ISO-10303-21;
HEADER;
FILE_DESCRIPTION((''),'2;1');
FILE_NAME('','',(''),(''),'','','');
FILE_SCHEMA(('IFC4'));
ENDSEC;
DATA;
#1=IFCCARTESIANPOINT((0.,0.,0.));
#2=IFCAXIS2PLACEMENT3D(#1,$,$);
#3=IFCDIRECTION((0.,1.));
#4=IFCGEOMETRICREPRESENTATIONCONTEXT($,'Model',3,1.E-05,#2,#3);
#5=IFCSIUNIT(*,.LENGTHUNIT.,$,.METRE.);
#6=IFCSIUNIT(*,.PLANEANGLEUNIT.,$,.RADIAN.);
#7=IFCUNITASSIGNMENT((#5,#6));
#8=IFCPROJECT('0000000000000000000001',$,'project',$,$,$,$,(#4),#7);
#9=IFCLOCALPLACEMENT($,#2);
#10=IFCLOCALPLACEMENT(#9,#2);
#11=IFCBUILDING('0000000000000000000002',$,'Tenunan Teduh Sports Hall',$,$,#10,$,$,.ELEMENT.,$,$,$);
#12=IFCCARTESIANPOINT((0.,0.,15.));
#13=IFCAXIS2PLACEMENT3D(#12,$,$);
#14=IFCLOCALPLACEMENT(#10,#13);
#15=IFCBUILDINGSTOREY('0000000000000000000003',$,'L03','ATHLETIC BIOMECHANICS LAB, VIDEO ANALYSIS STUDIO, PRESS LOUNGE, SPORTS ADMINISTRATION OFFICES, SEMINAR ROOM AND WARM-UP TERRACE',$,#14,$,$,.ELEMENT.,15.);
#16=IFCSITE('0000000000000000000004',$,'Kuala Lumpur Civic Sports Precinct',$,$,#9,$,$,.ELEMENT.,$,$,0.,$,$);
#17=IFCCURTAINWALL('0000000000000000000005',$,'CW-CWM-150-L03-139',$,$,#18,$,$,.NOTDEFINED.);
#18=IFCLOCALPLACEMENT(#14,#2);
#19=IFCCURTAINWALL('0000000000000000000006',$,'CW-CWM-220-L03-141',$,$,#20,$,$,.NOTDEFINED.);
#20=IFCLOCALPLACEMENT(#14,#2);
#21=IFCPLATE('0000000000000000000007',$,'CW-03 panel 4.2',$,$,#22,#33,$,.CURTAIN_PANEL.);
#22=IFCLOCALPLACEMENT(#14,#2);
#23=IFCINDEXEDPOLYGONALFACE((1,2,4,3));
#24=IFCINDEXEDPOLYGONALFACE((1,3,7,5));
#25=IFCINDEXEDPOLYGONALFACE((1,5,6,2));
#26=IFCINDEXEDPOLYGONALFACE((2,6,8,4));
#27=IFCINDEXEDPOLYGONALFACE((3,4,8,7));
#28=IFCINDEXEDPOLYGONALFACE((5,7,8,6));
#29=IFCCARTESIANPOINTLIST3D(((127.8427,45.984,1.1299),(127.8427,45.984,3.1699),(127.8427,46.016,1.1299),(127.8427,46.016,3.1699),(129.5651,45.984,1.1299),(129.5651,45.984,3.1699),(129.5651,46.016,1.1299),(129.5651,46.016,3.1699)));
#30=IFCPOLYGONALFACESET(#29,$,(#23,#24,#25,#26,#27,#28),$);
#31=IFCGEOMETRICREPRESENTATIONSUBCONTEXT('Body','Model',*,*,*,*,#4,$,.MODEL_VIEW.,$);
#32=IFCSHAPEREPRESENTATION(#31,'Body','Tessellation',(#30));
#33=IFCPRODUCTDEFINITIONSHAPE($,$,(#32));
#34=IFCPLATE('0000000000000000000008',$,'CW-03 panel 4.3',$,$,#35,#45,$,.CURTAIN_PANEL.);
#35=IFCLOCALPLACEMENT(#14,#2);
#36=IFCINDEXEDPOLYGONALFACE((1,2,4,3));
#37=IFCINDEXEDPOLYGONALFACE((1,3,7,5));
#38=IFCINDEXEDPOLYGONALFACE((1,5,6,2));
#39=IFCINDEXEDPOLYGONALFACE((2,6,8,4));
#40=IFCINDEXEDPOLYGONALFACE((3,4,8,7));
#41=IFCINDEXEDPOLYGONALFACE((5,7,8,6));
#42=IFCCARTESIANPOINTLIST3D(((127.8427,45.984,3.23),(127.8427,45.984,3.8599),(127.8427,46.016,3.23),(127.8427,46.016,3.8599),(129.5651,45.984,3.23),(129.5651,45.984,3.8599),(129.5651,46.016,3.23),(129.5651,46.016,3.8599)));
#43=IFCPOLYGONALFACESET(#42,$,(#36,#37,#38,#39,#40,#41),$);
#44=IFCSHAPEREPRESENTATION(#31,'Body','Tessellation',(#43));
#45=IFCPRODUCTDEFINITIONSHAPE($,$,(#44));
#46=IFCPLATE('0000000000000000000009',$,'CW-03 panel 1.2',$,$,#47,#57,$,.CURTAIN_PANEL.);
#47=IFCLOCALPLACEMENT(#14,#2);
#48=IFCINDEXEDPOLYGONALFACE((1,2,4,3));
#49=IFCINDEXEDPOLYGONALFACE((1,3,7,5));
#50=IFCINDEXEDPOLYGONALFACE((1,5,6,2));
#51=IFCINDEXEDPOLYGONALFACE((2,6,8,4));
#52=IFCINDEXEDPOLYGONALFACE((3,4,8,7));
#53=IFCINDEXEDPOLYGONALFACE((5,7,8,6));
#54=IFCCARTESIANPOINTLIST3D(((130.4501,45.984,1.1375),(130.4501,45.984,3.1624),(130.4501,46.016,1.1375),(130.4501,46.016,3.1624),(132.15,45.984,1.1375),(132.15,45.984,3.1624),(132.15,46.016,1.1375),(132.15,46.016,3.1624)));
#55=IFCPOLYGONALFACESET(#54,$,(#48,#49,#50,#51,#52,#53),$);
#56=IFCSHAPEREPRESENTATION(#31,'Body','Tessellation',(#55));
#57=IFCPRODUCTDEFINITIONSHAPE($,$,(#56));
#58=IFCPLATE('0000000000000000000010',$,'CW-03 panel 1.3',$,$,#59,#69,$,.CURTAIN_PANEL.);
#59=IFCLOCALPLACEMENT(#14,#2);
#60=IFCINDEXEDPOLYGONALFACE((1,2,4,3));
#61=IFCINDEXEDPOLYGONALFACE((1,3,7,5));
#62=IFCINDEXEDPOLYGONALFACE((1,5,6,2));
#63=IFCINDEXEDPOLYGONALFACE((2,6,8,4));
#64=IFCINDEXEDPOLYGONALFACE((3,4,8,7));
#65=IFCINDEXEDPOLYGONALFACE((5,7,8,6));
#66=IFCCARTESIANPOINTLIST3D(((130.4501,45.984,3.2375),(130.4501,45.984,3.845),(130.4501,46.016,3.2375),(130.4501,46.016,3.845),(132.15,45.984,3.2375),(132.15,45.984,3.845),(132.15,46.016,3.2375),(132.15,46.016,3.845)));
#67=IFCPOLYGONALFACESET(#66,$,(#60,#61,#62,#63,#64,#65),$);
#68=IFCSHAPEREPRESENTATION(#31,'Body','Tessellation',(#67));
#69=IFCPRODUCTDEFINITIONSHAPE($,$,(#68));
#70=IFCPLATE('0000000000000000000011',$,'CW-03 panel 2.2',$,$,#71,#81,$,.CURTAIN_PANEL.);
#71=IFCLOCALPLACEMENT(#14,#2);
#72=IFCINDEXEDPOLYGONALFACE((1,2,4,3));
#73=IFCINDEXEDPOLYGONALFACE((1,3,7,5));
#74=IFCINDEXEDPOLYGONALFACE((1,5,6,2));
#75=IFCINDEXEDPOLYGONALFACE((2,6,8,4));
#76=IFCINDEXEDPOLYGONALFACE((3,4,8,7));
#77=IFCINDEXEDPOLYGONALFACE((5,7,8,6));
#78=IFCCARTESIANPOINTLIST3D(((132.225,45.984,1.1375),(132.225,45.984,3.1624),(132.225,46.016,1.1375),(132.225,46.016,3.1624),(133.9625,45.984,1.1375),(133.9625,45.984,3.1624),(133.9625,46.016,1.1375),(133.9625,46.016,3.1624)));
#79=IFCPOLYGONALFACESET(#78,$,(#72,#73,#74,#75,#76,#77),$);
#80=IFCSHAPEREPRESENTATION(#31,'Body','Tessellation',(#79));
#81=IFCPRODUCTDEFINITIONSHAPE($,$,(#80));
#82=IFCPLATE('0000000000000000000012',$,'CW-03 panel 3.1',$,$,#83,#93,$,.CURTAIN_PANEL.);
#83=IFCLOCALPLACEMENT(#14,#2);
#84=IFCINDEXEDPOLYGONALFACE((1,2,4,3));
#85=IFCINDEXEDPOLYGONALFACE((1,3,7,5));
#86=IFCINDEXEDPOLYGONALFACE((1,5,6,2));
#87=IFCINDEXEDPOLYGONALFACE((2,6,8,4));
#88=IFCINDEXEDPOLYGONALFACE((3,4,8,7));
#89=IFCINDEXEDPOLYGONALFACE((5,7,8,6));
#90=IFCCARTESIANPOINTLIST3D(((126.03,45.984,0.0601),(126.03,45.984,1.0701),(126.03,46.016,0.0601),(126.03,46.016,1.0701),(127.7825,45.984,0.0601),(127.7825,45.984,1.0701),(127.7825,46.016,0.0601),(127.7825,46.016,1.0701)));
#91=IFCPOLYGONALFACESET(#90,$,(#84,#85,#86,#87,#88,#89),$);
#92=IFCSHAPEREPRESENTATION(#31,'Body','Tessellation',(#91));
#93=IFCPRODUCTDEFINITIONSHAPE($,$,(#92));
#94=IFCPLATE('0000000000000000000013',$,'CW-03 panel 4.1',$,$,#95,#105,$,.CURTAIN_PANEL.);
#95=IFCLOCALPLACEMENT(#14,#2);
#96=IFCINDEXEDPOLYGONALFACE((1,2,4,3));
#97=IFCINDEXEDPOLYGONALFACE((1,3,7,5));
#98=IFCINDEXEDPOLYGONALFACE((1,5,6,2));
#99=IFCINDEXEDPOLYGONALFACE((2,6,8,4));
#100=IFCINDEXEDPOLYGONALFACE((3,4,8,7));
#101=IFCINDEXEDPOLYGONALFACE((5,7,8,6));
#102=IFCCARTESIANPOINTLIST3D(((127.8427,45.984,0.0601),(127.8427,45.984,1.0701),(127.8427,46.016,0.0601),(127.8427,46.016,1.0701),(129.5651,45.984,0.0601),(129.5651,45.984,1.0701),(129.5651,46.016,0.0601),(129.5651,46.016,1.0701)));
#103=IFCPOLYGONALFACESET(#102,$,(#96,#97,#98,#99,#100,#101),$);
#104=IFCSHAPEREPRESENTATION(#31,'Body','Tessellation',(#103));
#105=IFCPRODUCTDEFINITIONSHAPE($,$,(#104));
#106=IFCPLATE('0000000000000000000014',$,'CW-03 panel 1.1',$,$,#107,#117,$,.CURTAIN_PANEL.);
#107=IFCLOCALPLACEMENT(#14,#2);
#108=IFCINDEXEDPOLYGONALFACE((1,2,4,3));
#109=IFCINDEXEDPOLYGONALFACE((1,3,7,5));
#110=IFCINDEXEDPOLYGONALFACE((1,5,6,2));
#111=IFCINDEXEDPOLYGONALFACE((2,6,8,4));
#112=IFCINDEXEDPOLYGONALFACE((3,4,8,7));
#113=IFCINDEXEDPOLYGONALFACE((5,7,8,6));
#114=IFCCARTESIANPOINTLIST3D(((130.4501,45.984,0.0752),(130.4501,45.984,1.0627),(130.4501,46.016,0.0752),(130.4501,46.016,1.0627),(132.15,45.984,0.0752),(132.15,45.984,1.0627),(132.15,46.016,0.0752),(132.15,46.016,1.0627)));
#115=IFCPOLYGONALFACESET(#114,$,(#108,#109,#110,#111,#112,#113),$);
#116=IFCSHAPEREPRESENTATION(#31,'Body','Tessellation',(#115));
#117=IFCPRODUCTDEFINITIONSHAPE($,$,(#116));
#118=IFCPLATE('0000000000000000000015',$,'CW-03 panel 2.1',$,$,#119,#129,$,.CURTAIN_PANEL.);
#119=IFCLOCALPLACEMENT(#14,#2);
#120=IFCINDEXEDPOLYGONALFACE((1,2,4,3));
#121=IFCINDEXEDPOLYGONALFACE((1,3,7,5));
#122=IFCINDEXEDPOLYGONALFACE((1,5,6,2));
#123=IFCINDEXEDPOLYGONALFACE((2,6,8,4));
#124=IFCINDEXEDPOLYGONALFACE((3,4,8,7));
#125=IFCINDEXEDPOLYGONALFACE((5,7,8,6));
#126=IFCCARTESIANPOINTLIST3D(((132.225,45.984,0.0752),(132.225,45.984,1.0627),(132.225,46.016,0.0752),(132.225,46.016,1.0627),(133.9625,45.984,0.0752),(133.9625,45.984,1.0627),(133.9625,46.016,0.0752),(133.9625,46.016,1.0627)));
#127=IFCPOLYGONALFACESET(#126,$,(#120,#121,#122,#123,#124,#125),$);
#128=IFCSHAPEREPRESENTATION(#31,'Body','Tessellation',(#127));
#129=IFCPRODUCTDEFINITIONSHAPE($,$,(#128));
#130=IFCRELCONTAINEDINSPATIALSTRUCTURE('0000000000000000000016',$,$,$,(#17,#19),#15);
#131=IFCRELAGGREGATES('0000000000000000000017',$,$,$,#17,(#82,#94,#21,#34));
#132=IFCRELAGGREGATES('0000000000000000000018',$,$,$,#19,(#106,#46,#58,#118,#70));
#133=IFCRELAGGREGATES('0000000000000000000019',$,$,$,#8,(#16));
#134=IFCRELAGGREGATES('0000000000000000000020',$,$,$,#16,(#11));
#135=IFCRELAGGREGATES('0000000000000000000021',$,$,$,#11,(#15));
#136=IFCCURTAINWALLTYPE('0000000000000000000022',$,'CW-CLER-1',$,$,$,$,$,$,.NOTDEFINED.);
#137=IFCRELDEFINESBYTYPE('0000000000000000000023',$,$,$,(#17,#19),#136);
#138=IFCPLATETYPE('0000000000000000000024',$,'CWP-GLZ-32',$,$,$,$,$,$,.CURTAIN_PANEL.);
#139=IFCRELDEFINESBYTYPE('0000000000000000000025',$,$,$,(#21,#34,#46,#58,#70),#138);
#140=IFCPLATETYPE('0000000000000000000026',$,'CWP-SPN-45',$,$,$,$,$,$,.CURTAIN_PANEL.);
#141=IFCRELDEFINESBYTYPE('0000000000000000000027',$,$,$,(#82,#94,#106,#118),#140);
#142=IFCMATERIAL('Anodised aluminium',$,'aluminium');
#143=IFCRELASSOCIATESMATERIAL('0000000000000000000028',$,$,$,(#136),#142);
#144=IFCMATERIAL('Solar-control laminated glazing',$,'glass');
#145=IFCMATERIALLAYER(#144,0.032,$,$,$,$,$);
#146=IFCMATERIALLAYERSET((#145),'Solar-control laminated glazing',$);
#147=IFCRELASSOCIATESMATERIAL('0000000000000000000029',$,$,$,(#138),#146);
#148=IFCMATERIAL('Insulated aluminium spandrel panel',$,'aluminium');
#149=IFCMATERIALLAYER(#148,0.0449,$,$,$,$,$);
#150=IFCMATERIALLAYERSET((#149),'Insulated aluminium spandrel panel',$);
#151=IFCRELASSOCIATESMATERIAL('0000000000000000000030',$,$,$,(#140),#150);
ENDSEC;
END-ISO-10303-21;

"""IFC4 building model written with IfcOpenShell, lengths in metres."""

from ifc_helpers import new_model, si_unit, direction, frame, origin, origin_2d, place, context, subcontext, project, spatial, rectangle, extrude, material, layer, layer_set, type_object, element, aggregate, save


model = new_model("IFC4")

# Units and contexts
model_context = context("Model", 3, precision=1e-05, world=origin(), true_north=direction((0.0, 1.0)))
body_context = subcontext(model_context, "Body", "Model", "MODEL_VIEW")
ifc_project = project(units=[si_unit("LENGTHUNIT", "METRE"), si_unit("PLANEANGLEUNIT", "RADIAN")], contexts=[model_context])

# Site, building, storey
site_placement = place(None, origin())
site = spatial("IfcSite", under=ifc_project, at=site_placement, Name="Kuala Lumpur Civic Sports Precinct", CompositionType="ELEMENT", RefElevation=0.0)
building_placement = place(site_placement, origin())
building = spatial("IfcBuilding", under=site, at=building_placement, Name="Tenunan Teduh Sports Hall", CompositionType="ELEMENT")
storey_placement = place(building_placement, frame((0.0, 0.0, 15.0)))
storey = spatial("IfcBuildingStorey", under=building, at=storey_placement, Name="L03", Description="ATHLETIC BIOMECHANICS LAB, VIDEO ANALYSIS STUDIO, PRESS LOUNGE, SPORTS ADMINISTRATION OFFICES, SEMINAR ROOM AND WARM-UP TERRACE", CompositionType="ELEMENT", Elevation=15.0)

# Curtain walls
ifc_material_1 = material(Name="Anodised aluminium", Category="aluminium")
curtain_wall_type = type_object("IfcCurtainWallType", Name="CW-CLER-1", PredefinedType="NOTDEFINED", material=ifc_material_1)
curtain_wall_1_placement = place(storey_placement, origin())
curtain_wall_1 = element("IfcCurtainWall", 1, at=curtain_wall_1_placement, inside=storey, type_object=curtain_wall_type, Name="CW-CWM-150-L03-139", PredefinedType="NOTDEFINED")
curtain_wall_2_placement = place(storey_placement, origin())
curtain_wall_2 = element("IfcCurtainWall", 2, at=curtain_wall_2_placement, inside=storey, type_object=curtain_wall_type, Name="CW-CWM-220-L03-141", PredefinedType="NOTDEFINED")

# Plates
ifc_material_2 = material(Name="Solar-control laminated glazing", Category="glass")
ifc_layer_1 = layer(ifc_material_2, 0.032)
ifc_layer_set_1 = layer_set([ifc_layer_1], Name="Solar-control laminated glazing")
plate_type_1 = type_object("IfcPlateType", Name="CWP-GLZ-32", PredefinedType="CURTAIN_PANEL", material=ifc_layer_set_1)
plate_1_placement = place(storey_placement, frame((128.7039, 46.0, 1.1299), z_axis=(0.0, 0.0, 1.0), x_axis=(1.0, 0.0, 0.0)))
plate_1 = element("IfcPlate", 3, at=plate_1_placement, type_object=plate_type_1, Name="CW-03 panel 4.2", PredefinedType="CURTAIN_PANEL", context=body_context, shape_type="SweptSolid", body=[
    extrude(rectangle(XDim=1.7224, YDim=0.032, at=origin_2d()), origin(), (0.0, 0.0, 1.0), 2.04),
])
plate_2_placement = place(storey_placement, frame((128.7039, 46.0, 3.23), z_axis=(0.0, 0.0, 1.0), x_axis=(1.0, 0.0, 0.0)))
plate_2 = element("IfcPlate", 4, at=plate_2_placement, type_object=plate_type_1, Name="CW-03 panel 4.3", PredefinedType="CURTAIN_PANEL", context=body_context, shape_type="SweptSolid", body=[
    extrude(rectangle(XDim=1.7224, YDim=0.032, at=origin_2d()), origin(), (0.0, 0.0, 1.0), 0.6299),
])
plate_3_placement = place(storey_placement, frame((131.3, 46.0, 1.1375), z_axis=(0.0, 0.0, 1.0), x_axis=(1.0, 0.0, 0.0)))
plate_3 = element("IfcPlate", 5, at=plate_3_placement, type_object=plate_type_1, Name="CW-03 panel 1.2", PredefinedType="CURTAIN_PANEL", context=body_context, shape_type="SweptSolid", body=[
    extrude(rectangle(XDim=1.7, YDim=0.032, at=origin_2d()), origin(), (0.0, 0.0, 1.0), 2.0249),
])
plate_4_placement = place(storey_placement, frame((131.3, 46.0, 3.2375), z_axis=(0.0, 0.0, 1.0), x_axis=(1.0, 0.0, 0.0)))
plate_4 = element("IfcPlate", 6, at=plate_4_placement, type_object=plate_type_1, Name="CW-03 panel 1.3", PredefinedType="CURTAIN_PANEL", context=body_context, shape_type="SweptSolid", body=[
    extrude(rectangle(XDim=1.7, YDim=0.032, at=origin_2d()), origin(), (0.0, 0.0, 1.0), 0.6074),
])
plate_5_placement = place(storey_placement, frame((133.0938, 46.0, 1.1375), z_axis=(0.0, 0.0, 1.0), x_axis=(1.0, 0.0, 0.0)))
plate_5 = element("IfcPlate", 7, at=plate_5_placement, type_object=plate_type_1, Name="CW-03 panel 2.2", PredefinedType="CURTAIN_PANEL", context=body_context, shape_type="SweptSolid", body=[
    extrude(rectangle(XDim=1.7375, YDim=0.032, at=origin_2d()), origin(), (0.0, 0.0, 1.0), 2.0249),
])
ifc_material_3 = material(Name="Insulated aluminium spandrel panel", Category="aluminium")
ifc_layer_2 = layer(ifc_material_3, 0.0449)
ifc_layer_set_2 = layer_set([ifc_layer_2], Name="Insulated aluminium spandrel panel")
plate_type_2 = type_object("IfcPlateType", Name="CWP-SPN-45", PredefinedType="CURTAIN_PANEL", material=ifc_layer_set_2)
plate_6_placement = place(storey_placement, frame((126.9062, 46.0, 0.0601), z_axis=(0.0, 0.0, 1.0), x_axis=(1.0, 0.0, 0.0)))
plate_6 = element("IfcPlate", 8, at=plate_6_placement, type_object=plate_type_2, Name="CW-03 panel 3.1", PredefinedType="CURTAIN_PANEL", context=body_context, shape_type="SweptSolid", body=[
    extrude(rectangle(XDim=1.7524, YDim=0.032, at=origin_2d()), origin(), (0.0, 0.0, 1.0), 1.01),
])
plate_7_placement = place(storey_placement, frame((128.7039, 46.0, 0.0601), z_axis=(0.0, 0.0, 1.0), x_axis=(1.0, 0.0, 0.0)))
plate_7 = element("IfcPlate", 9, at=plate_7_placement, type_object=plate_type_2, Name="CW-03 panel 4.1", PredefinedType="CURTAIN_PANEL", context=body_context, shape_type="SweptSolid", body=[
    extrude(rectangle(XDim=1.7224, YDim=0.032, at=origin_2d()), origin(), (0.0, 0.0, 1.0), 1.01),
])
aggregate(curtain_wall_1, [plate_6, plate_7, plate_1, plate_2])
plate_8_placement = place(storey_placement, frame((131.3, 46.0, 0.0752), z_axis=(0.0, 0.0, 1.0), x_axis=(1.0, 0.0, 0.0)))
plate_8 = element("IfcPlate", 10, at=plate_8_placement, type_object=plate_type_2, Name="CW-03 panel 1.1", PredefinedType="CURTAIN_PANEL", context=body_context, shape_type="SweptSolid", body=[
    extrude(rectangle(XDim=1.7, YDim=0.032, at=origin_2d()), origin(), (0.0, 0.0, 1.0), 0.9875),
])
plate_9_placement = place(storey_placement, frame((133.0938, 46.0, 0.0752), z_axis=(0.0, 0.0, 1.0), x_axis=(1.0, 0.0, 0.0)))
plate_9 = element("IfcPlate", 11, at=plate_9_placement, type_object=plate_type_2, Name="CW-03 panel 2.1", PredefinedType="CURTAIN_PANEL", context=body_context, shape_type="SweptSolid", body=[
    extrude(rectangle(XDim=1.7375, YDim=0.032, at=origin_2d()), origin(), (0.0, 0.0, 1.0), 0.9875),
])
aggregate(curtain_wall_2, [plate_8, plate_3, plate_4, plate_9, plate_5])

save(model, "model.ifc")
